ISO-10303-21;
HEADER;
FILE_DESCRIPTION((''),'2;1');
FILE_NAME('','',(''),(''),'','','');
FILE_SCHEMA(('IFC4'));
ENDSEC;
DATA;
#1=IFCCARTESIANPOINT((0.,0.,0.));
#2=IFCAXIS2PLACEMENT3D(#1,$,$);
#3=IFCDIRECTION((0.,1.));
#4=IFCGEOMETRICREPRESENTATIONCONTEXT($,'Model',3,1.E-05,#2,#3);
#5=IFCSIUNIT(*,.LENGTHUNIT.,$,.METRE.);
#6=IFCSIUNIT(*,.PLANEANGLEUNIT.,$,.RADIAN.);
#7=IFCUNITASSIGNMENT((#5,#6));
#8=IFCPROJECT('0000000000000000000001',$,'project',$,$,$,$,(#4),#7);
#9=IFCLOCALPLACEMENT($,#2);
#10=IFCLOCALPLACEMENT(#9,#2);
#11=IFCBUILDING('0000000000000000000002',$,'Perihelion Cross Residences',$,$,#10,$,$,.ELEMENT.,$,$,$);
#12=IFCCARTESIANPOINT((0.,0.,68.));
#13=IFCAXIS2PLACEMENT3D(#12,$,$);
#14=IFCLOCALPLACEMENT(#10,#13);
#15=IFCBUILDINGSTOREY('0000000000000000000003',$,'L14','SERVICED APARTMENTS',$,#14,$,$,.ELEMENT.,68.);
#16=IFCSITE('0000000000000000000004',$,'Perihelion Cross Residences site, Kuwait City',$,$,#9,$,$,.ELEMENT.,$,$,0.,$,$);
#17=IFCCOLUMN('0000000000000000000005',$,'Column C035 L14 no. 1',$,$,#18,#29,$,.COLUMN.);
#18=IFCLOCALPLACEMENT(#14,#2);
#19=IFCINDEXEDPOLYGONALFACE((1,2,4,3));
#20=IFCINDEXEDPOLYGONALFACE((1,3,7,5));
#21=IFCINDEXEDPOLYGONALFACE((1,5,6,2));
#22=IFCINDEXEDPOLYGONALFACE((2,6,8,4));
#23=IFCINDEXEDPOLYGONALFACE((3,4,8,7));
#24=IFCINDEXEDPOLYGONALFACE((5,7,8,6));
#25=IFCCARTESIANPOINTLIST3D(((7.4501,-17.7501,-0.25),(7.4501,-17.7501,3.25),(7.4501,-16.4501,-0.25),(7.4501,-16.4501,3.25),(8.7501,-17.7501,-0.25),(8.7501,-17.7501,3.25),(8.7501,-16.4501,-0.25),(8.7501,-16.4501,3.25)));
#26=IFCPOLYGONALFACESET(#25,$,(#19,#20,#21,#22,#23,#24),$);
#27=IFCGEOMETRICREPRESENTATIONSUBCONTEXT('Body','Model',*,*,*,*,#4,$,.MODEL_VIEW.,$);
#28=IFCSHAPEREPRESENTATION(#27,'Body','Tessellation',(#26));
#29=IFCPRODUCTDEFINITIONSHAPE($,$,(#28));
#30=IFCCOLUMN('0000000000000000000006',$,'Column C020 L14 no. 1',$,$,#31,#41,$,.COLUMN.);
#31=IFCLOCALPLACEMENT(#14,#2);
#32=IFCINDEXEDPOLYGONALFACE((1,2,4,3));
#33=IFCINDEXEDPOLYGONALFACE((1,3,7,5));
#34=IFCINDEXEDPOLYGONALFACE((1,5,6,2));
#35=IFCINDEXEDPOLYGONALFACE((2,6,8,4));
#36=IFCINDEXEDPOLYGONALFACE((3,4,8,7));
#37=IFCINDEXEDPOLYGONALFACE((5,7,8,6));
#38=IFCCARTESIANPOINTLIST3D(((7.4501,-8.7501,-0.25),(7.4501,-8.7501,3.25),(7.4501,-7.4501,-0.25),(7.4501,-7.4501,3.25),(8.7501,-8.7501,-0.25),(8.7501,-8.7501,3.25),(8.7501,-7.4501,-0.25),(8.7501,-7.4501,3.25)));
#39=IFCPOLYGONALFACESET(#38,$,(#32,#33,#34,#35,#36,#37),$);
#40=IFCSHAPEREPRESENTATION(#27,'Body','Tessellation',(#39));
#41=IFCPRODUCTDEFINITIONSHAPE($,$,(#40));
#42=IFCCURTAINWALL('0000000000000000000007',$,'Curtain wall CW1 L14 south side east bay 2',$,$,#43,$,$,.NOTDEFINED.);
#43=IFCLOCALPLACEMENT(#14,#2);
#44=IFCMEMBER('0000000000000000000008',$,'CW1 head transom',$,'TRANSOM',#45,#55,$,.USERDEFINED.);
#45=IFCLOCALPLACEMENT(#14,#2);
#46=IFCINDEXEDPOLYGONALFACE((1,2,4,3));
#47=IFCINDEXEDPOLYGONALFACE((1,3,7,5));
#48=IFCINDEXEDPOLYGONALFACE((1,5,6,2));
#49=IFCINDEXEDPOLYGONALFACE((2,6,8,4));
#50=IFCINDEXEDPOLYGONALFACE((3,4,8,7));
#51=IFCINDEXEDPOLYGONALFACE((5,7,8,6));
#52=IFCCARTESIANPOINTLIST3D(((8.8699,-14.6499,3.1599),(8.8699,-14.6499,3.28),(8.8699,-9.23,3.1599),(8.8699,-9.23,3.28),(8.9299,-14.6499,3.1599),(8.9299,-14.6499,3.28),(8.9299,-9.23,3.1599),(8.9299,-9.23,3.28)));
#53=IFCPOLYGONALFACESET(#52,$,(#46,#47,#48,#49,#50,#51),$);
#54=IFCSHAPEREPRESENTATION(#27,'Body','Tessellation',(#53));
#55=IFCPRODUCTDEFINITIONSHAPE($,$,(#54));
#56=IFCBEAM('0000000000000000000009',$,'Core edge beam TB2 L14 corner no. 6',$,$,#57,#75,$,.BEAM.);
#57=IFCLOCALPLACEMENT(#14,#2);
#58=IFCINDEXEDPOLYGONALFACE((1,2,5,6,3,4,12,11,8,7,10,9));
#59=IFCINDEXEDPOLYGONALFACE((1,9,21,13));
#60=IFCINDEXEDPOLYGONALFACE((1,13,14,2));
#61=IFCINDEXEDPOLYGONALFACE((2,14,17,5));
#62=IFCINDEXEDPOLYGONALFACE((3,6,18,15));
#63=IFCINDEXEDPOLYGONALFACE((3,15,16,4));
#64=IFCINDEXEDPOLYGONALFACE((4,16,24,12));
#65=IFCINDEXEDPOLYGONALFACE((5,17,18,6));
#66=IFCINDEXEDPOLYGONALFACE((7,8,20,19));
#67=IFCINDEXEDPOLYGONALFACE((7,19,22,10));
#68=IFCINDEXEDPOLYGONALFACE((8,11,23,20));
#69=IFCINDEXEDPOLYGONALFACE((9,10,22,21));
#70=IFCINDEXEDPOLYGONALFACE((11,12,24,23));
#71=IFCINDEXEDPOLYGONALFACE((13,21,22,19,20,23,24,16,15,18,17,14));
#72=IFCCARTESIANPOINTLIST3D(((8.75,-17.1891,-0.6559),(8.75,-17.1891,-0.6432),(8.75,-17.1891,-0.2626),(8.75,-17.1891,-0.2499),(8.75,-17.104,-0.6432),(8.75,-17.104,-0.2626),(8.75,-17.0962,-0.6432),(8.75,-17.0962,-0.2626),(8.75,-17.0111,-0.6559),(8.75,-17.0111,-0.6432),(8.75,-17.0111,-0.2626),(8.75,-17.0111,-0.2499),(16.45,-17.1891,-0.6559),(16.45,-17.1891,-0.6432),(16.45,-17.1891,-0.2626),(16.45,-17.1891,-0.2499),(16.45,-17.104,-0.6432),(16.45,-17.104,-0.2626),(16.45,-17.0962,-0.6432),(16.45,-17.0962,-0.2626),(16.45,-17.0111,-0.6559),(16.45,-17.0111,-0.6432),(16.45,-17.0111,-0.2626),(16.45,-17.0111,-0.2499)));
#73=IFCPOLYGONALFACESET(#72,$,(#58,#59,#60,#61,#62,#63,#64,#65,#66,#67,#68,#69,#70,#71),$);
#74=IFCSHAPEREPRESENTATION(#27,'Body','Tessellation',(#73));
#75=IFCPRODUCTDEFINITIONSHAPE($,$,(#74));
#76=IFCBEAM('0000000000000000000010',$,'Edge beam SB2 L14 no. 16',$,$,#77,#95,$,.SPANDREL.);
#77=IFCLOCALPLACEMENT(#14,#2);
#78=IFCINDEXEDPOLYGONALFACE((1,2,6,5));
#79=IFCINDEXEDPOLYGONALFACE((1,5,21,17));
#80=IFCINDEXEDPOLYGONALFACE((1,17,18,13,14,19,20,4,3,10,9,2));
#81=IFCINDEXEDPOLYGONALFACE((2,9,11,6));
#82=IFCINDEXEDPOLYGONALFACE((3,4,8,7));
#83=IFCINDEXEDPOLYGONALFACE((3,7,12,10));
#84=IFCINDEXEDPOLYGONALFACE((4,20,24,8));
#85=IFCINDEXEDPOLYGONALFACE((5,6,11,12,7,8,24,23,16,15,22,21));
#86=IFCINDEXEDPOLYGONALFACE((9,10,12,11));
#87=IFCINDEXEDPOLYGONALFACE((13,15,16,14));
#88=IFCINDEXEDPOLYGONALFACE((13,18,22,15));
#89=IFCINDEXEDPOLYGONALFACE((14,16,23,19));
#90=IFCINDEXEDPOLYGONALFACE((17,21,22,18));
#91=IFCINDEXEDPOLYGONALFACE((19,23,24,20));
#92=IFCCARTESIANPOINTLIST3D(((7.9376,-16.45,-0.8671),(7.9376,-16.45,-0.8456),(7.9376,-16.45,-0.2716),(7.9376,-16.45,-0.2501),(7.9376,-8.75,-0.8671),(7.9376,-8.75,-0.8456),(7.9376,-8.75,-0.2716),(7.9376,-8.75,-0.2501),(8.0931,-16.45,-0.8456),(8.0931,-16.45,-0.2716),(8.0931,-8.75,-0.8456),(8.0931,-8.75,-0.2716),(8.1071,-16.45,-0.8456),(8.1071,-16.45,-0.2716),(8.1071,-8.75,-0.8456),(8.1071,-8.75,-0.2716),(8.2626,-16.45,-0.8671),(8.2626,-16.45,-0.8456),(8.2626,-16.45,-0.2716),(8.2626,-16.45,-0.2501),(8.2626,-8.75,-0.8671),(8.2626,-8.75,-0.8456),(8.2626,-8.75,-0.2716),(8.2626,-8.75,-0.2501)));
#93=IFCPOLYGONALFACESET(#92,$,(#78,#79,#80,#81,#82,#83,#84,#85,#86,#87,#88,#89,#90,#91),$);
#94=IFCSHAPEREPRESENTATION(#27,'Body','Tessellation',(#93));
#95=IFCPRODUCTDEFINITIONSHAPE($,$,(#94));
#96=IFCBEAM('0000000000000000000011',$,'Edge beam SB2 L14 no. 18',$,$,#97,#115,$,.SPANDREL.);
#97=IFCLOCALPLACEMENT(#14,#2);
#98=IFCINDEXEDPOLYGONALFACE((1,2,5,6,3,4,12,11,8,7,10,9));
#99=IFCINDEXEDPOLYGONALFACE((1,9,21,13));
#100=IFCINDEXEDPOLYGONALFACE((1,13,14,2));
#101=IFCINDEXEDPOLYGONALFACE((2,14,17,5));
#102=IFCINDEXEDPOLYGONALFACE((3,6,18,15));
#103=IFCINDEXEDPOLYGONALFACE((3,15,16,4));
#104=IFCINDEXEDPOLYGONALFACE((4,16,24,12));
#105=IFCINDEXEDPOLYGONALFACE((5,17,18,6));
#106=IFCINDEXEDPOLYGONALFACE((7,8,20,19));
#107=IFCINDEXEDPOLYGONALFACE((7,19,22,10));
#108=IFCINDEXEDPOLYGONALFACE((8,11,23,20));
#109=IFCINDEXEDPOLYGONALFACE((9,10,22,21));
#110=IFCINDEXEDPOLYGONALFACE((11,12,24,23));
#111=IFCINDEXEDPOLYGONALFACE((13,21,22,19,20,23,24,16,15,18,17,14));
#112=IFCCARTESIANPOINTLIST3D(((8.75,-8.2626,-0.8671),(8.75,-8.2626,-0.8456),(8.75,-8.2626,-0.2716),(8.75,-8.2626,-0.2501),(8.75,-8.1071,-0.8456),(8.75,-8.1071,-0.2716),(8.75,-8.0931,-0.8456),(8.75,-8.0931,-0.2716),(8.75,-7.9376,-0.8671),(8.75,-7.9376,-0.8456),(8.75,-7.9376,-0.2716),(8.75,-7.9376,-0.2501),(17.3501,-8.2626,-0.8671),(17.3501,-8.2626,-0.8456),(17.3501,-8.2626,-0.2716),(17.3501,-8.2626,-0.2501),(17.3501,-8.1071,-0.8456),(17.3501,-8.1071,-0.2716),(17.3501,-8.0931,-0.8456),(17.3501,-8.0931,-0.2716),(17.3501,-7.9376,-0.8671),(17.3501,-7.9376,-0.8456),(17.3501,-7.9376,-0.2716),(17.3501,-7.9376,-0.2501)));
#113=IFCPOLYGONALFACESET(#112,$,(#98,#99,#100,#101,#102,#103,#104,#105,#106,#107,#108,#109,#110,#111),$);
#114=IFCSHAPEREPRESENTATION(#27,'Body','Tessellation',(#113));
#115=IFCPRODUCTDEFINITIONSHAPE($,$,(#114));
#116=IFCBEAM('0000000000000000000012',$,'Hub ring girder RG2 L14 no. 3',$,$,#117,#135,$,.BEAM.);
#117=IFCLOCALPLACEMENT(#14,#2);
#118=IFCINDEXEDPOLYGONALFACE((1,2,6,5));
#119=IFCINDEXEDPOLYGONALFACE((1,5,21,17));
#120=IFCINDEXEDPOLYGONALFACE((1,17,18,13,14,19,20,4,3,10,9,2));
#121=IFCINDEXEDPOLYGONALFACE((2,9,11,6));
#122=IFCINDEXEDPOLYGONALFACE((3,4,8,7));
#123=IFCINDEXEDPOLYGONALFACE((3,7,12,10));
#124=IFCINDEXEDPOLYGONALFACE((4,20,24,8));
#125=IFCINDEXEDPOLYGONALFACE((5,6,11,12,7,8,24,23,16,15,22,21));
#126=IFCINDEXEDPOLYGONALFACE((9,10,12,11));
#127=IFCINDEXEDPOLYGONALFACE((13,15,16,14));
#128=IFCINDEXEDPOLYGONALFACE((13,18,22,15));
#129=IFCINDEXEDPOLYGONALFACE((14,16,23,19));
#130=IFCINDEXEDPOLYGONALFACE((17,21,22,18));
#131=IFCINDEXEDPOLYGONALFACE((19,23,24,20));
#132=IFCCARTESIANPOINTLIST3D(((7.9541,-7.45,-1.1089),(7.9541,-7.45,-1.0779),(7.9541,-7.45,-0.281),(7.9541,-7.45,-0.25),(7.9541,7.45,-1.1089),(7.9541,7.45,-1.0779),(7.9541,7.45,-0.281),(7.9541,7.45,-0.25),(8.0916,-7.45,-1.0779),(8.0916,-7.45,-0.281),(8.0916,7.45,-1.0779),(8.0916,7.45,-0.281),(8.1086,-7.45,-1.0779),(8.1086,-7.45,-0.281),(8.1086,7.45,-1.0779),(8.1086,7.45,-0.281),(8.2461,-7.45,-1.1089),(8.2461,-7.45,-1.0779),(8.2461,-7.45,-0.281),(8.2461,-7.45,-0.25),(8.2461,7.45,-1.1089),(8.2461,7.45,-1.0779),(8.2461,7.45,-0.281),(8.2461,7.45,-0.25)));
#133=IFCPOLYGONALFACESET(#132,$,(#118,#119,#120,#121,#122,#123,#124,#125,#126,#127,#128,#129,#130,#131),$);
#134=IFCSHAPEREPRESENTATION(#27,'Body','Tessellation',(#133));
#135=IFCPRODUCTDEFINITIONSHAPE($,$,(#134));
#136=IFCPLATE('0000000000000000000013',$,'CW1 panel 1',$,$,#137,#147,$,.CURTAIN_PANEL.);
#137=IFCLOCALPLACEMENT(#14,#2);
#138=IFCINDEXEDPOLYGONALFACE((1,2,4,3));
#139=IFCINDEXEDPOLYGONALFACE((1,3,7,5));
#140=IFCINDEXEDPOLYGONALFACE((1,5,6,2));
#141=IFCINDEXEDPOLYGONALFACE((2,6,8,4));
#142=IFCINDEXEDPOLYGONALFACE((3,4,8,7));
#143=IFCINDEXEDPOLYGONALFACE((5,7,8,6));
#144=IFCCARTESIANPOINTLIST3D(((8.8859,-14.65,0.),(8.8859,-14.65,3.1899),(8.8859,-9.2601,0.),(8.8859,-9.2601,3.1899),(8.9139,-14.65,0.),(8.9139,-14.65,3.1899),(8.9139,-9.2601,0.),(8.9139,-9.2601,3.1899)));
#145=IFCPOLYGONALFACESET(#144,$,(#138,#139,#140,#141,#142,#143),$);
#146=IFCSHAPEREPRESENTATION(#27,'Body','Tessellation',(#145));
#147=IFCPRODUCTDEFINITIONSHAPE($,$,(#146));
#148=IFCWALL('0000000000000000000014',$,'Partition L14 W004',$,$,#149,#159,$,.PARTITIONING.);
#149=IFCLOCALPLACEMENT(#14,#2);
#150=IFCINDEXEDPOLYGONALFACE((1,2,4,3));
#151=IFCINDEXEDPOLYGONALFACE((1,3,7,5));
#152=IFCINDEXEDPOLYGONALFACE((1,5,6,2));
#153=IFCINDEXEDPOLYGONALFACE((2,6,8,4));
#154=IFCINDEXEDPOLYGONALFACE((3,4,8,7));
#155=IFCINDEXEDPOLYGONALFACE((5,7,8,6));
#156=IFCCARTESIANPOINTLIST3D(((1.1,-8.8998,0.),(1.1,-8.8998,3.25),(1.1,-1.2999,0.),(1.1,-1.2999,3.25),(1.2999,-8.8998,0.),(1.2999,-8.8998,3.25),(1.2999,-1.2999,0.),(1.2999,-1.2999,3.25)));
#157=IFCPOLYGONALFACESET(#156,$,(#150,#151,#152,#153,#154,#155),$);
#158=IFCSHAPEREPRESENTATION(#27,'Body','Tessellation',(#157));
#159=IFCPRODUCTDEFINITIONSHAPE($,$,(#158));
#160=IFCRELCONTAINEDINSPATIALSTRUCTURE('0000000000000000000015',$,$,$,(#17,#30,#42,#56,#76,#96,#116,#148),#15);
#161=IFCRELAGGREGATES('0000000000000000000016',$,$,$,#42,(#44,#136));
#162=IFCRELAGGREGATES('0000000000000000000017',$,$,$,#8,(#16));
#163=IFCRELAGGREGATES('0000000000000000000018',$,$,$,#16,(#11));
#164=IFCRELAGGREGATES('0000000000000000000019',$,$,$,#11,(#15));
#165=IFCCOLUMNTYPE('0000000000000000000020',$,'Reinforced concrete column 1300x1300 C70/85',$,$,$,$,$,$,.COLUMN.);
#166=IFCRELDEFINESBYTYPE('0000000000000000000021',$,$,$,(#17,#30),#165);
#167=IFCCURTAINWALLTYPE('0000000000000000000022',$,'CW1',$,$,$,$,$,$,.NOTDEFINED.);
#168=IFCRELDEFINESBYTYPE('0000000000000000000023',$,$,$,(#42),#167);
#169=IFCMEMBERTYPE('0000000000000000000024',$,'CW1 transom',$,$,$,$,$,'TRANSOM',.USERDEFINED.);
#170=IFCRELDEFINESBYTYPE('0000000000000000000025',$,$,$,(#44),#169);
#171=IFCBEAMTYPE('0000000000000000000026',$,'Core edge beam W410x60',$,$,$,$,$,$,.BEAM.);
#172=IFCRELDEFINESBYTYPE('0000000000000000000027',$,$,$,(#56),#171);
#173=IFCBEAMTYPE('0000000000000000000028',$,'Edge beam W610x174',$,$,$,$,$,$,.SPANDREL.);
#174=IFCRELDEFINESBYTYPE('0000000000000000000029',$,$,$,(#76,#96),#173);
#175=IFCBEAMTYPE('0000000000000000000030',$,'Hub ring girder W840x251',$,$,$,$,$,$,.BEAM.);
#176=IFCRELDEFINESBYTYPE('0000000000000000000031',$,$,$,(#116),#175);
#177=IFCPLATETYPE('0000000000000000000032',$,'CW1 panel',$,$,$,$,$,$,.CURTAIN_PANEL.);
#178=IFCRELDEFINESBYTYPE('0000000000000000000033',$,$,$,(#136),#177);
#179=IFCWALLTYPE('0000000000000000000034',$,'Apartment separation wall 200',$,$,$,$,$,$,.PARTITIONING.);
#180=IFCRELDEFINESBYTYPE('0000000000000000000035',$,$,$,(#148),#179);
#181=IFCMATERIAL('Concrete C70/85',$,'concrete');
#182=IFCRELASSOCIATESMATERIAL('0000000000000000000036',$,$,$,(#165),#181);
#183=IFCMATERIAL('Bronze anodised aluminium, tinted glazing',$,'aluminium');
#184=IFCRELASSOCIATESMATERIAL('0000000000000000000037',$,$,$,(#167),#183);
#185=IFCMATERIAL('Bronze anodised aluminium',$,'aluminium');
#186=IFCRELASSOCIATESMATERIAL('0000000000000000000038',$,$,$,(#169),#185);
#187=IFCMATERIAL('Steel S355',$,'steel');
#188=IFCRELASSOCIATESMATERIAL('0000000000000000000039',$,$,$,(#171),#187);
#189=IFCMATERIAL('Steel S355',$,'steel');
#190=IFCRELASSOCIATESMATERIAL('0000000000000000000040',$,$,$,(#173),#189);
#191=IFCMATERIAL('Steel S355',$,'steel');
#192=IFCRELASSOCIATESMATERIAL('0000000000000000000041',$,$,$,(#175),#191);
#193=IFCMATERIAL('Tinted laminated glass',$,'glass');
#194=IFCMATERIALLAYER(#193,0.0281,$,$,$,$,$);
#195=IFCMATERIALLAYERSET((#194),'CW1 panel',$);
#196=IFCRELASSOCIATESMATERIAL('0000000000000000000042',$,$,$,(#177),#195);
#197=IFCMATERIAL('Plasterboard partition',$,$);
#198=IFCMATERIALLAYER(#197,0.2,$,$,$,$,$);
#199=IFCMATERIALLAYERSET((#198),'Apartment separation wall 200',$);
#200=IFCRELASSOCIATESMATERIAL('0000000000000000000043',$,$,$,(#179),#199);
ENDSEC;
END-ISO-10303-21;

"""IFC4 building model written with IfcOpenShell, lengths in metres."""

from ifc_helpers import new_model, si_unit, direction, frame, frame_2d, origin, origin_2d, place, context, subcontext, project, spatial, rectangle, i_section, extrude, material, layer, layer_set, material_profile, profile_set, type_object, element, aggregate, save


model = new_model("IFC4")

# Units and contexts
model_context = context("Model", 3, precision=1e-05, world=origin(), true_north=direction((0.0, 1.0)))
body_context = subcontext(model_context, "Body", "Model", "MODEL_VIEW")
ifc_project = project(units=[si_unit("LENGTHUNIT", "METRE"), si_unit("PLANEANGLEUNIT", "RADIAN")], contexts=[model_context])

# Site, building, storey
site_placement = place(None, origin())
site = spatial("IfcSite", under=ifc_project, at=site_placement, Name="Perihelion Cross Residences site, Kuwait City", CompositionType="ELEMENT", RefElevation=0.0)
building_placement = place(site_placement, origin())
building = spatial("IfcBuilding", under=site, at=building_placement, Name="Perihelion Cross Residences", CompositionType="ELEMENT")
storey_placement = place(building_placement, frame((0.0, 0.0, 68.0)))
storey = spatial("IfcBuildingStorey", under=building, at=storey_placement, Name="L14", Description="SERVICED APARTMENTS", CompositionType="ELEMENT", Elevation=68.0)

# Columns
ifc_material_1 = material(Name="Concrete C70/85", Category="concrete")
ifc_material_profile_1 = material_profile(ifc_material_1, rectangle(XDim=1.3, YDim=1.3, at=origin_2d()), Name="RC 1300x1300")
ifc_profile_set_1 = profile_set([ifc_material_profile_1], Name="Concrete C70/85")
column_type = type_object("IfcColumnType", Name="Reinforced concrete column 1300x1300 C70/85", PredefinedType="COLUMN", material=ifc_profile_set_1)
for number, where, z_axis, x_axis, name in (
    (1, (8.1001, -17.1001, -0.25), (0.0, 0.0, 1.0), (1.0, 0.0, 0.0), "Column C035 L14 no. 1"),
    (2, (8.1001, -8.1001, -0.25), (0.0, 0.0, 1.0), (1.0, 0.0, 0.0), "Column C020 L14 no. 1"),
):
    element("IfcColumn", number, at=place(storey_placement, frame(where, z_axis=z_axis, x_axis=x_axis)), inside=storey, type_object=column_type, Name=name, PredefinedType="COLUMN", context=body_context, shape_type="SweptSolid", body=[
        extrude(rectangle(XDim=1.3, YDim=1.3, at=origin_2d()), origin(), (0.0, 0.0, 1.0), 3.5),
    ])

# Curtain wall, member
ifc_material_2 = material(Name="Bronze anodised aluminium, tinted glazing", Category="aluminium")
curtain_wall_type = type_object("IfcCurtainWallType", Name="CW1", PredefinedType="NOTDEFINED", material=ifc_material_2)
curtain_wall_placement = place(storey_placement, origin())
curtain_wall = element("IfcCurtainWall", 3, at=curtain_wall_placement, inside=storey, type_object=curtain_wall_type, Name="Curtain wall CW1 L14 south side east bay 2", PredefinedType="NOTDEFINED")
ifc_material_3 = material(Name="Bronze anodised aluminium", Category="aluminium")
ifc_material_profile_2 = material_profile(ifc_material_3, rectangle(XDim=0.0601, YDim=0.1201, at=origin_2d()), Name="CW1 transom")
ifc_profile_set_2 = profile_set([ifc_material_profile_2], Name="Bronze anodised aluminium")
member_type = type_object("IfcMemberType", Name="CW1 transom", ElementType="TRANSOM", PredefinedType="USERDEFINED", material=ifc_profile_set_2)
member_placement = place(storey_placement, frame((8.8999, -14.6499, 3.22), z_axis=(0.0, 1.0, 0.0), x_axis=(-1.0, 0.0, 0.0)))
member = element("IfcMember", 4, at=member_placement, type_object=member_type, Name="CW1 head transom", ObjectType="TRANSOM", PredefinedType="USERDEFINED", context=body_context, shape_type="SweptSolid", body=[
    extrude(rectangle(XDim=0.0601, YDim=0.1201, at=origin_2d()), origin(), (0.0, 0.0, 1.0), 5.4199),
])

# Beams
ifc_material_4 = material(Name="Steel S355", Category="steel")
ifc_material_profile_3 = material_profile(ifc_material_4, i_section(OverallWidth=0.178, OverallDepth=0.406, WebThickness=0.0078, FlangeThickness=0.0127, at=origin_2d()), Name="W410x60")
ifc_profile_set_3 = profile_set([ifc_material_profile_3], Name="Steel S355")
beam_type_1 = type_object("IfcBeamType", Name="Core edge beam W410x60", PredefinedType="BEAM", material=ifc_profile_set_3)
beam_1_placement = place(storey_placement, frame((8.75, -17.1001, -0.4529), z_axis=(1.0, 0.0, 0.0), x_axis=(0.0, 1.0, 0.0)))
element("IfcBeam", 5, at=beam_1_placement, inside=storey, type_object=beam_type_1, Name="Core edge beam TB2 L14 corner no. 6", PredefinedType="BEAM", context=body_context, shape_type="SweptSolid", body=[
    extrude(i_section(OverallWidth=0.178, OverallDepth=0.406, WebThickness=0.0078, FlangeThickness=0.0127, at=origin_2d()), origin(), (0.0, 0.0, 1.0), 7.7),
])
ifc_material_5 = material(Name="Steel S355", Category="steel")
ifc_material_profile_4 = material_profile(ifc_material_5, i_section(OverallWidth=0.325, OverallDepth=0.6169, WebThickness=0.0139, FlangeThickness=0.0215, at=origin_2d()), Name="W610x174")
ifc_profile_set_4 = profile_set([ifc_material_profile_4], Name="Steel S355")
beam_type_2 = type_object("IfcBeamType", Name="Edge beam W610x174", PredefinedType="SPANDREL", material=ifc_profile_set_4)
beam_2_placement = place(storey_placement, frame((8.1001, -16.45, -0.5586), z_axis=(0.0, 1.0, 0.0), x_axis=(-1.0, 0.0, 0.0)))
element("IfcBeam", 6, at=beam_2_placement, inside=storey, type_object=beam_type_2, Name="Edge beam SB2 L14 no. 16", PredefinedType="SPANDREL", context=body_context, shape_type="SweptSolid", body=[
    extrude(i_section(OverallWidth=0.325, OverallDepth=0.6169, WebThickness=0.0139, FlangeThickness=0.0215, at=origin_2d()), origin(), (0.0, 0.0, 1.0), 7.7),
])
beam_3_placement = place(storey_placement, frame((8.75, -8.1001, -0.5586), z_axis=(1.0, 0.0, 0.0), x_axis=(0.0, 1.0, 0.0)))
element("IfcBeam", 7, at=beam_3_placement, inside=storey, type_object=beam_type_2, Name="Edge beam SB2 L14 no. 18", PredefinedType="SPANDREL", context=body_context, shape_type="SweptSolid", body=[
    extrude(i_section(OverallWidth=0.325, OverallDepth=0.6169, WebThickness=0.0139, FlangeThickness=0.0215, at=origin_2d()), origin(), (0.0, 0.0, 1.0), 8.6001),
])
ifc_material_6 = material(Name="Steel S355", Category="steel")
ifc_material_profile_5 = material_profile(ifc_material_6, i_section(OverallWidth=0.292, OverallDepth=0.8589, WebThickness=0.0171, FlangeThickness=0.031, at=origin_2d()), Name="W840x251")
ifc_profile_set_5 = profile_set([ifc_material_profile_5], Name="Steel S355")
beam_type_3 = type_object("IfcBeamType", Name="Hub ring girder W840x251", PredefinedType="BEAM", material=ifc_profile_set_5)
beam_4_placement = place(storey_placement, frame((8.1001, -7.45, -0.6794), z_axis=(0.0, 1.0, 0.0), x_axis=(-1.0, 0.0, 0.0)))
element("IfcBeam", 8, at=beam_4_placement, inside=storey, type_object=beam_type_3, Name="Hub ring girder RG2 L14 no. 3", PredefinedType="BEAM", context=body_context, shape_type="SweptSolid", body=[
    extrude(i_section(OverallWidth=0.292, OverallDepth=0.8589, WebThickness=0.0171, FlangeThickness=0.031, at=origin_2d()), origin(), (0.0, 0.0, 1.0), 14.8999),
])

# Plate
ifc_material_7 = material(Name="Tinted laminated glass", Category="glass")
ifc_layer_1 = layer(ifc_material_7, 0.0281)
ifc_layer_set_1 = layer_set([ifc_layer_1], Name="CW1 panel")
plate_type = type_object("IfcPlateType", Name="CW1 panel", PredefinedType="CURTAIN_PANEL", material=ifc_layer_set_1)
plate_placement = place(storey_placement, frame((8.8999, -11.9551, 0.0), z_axis=(0.0, 0.0, 1.0), x_axis=(0.0, 1.0, 0.0)))
plate = element("IfcPlate", 9, at=plate_placement, type_object=plate_type, Name="CW1 panel 1", PredefinedType="CURTAIN_PANEL", context=body_context, shape_type="SweptSolid", body=[
    extrude(rectangle(XDim=5.3899, YDim=0.0281, at=origin_2d()), origin(), (0.0, 0.0, 1.0), 3.1899),
])
aggregate(curtain_wall, [member, plate])

# Wall
ifc_material_8 = material(Name="Plasterboard partition")
ifc_layer_2 = layer(ifc_material_8, 0.2)
ifc_layer_set_2 = layer_set([ifc_layer_2], Name="Apartment separation wall 200")
wall_type_1 = type_object("IfcWallType", Name="Apartment separation wall 200", PredefinedType="PARTITIONING", material=ifc_layer_set_2)
wall_1_placement = place(storey_placement, frame((1.2, -1.3, 0.0), z_axis=(0.0, 0.0, 1.0), x_axis=(0.0, -1.0, 0.0)))
element("IfcWall", 10, at=wall_1_placement, inside=storey, type_object=wall_type_1, Name="Partition L14 W004", PredefinedType="PARTITIONING", context=body_context, shape_type="SweptSolid", body=[
    extrude(rectangle(XDim=7.5999, YDim=0.2, at=frame_2d((3.7998, 0.0))), origin(), (0.0, 0.0, 1.0), 3.25),
])

save(model, "model.ifc")
